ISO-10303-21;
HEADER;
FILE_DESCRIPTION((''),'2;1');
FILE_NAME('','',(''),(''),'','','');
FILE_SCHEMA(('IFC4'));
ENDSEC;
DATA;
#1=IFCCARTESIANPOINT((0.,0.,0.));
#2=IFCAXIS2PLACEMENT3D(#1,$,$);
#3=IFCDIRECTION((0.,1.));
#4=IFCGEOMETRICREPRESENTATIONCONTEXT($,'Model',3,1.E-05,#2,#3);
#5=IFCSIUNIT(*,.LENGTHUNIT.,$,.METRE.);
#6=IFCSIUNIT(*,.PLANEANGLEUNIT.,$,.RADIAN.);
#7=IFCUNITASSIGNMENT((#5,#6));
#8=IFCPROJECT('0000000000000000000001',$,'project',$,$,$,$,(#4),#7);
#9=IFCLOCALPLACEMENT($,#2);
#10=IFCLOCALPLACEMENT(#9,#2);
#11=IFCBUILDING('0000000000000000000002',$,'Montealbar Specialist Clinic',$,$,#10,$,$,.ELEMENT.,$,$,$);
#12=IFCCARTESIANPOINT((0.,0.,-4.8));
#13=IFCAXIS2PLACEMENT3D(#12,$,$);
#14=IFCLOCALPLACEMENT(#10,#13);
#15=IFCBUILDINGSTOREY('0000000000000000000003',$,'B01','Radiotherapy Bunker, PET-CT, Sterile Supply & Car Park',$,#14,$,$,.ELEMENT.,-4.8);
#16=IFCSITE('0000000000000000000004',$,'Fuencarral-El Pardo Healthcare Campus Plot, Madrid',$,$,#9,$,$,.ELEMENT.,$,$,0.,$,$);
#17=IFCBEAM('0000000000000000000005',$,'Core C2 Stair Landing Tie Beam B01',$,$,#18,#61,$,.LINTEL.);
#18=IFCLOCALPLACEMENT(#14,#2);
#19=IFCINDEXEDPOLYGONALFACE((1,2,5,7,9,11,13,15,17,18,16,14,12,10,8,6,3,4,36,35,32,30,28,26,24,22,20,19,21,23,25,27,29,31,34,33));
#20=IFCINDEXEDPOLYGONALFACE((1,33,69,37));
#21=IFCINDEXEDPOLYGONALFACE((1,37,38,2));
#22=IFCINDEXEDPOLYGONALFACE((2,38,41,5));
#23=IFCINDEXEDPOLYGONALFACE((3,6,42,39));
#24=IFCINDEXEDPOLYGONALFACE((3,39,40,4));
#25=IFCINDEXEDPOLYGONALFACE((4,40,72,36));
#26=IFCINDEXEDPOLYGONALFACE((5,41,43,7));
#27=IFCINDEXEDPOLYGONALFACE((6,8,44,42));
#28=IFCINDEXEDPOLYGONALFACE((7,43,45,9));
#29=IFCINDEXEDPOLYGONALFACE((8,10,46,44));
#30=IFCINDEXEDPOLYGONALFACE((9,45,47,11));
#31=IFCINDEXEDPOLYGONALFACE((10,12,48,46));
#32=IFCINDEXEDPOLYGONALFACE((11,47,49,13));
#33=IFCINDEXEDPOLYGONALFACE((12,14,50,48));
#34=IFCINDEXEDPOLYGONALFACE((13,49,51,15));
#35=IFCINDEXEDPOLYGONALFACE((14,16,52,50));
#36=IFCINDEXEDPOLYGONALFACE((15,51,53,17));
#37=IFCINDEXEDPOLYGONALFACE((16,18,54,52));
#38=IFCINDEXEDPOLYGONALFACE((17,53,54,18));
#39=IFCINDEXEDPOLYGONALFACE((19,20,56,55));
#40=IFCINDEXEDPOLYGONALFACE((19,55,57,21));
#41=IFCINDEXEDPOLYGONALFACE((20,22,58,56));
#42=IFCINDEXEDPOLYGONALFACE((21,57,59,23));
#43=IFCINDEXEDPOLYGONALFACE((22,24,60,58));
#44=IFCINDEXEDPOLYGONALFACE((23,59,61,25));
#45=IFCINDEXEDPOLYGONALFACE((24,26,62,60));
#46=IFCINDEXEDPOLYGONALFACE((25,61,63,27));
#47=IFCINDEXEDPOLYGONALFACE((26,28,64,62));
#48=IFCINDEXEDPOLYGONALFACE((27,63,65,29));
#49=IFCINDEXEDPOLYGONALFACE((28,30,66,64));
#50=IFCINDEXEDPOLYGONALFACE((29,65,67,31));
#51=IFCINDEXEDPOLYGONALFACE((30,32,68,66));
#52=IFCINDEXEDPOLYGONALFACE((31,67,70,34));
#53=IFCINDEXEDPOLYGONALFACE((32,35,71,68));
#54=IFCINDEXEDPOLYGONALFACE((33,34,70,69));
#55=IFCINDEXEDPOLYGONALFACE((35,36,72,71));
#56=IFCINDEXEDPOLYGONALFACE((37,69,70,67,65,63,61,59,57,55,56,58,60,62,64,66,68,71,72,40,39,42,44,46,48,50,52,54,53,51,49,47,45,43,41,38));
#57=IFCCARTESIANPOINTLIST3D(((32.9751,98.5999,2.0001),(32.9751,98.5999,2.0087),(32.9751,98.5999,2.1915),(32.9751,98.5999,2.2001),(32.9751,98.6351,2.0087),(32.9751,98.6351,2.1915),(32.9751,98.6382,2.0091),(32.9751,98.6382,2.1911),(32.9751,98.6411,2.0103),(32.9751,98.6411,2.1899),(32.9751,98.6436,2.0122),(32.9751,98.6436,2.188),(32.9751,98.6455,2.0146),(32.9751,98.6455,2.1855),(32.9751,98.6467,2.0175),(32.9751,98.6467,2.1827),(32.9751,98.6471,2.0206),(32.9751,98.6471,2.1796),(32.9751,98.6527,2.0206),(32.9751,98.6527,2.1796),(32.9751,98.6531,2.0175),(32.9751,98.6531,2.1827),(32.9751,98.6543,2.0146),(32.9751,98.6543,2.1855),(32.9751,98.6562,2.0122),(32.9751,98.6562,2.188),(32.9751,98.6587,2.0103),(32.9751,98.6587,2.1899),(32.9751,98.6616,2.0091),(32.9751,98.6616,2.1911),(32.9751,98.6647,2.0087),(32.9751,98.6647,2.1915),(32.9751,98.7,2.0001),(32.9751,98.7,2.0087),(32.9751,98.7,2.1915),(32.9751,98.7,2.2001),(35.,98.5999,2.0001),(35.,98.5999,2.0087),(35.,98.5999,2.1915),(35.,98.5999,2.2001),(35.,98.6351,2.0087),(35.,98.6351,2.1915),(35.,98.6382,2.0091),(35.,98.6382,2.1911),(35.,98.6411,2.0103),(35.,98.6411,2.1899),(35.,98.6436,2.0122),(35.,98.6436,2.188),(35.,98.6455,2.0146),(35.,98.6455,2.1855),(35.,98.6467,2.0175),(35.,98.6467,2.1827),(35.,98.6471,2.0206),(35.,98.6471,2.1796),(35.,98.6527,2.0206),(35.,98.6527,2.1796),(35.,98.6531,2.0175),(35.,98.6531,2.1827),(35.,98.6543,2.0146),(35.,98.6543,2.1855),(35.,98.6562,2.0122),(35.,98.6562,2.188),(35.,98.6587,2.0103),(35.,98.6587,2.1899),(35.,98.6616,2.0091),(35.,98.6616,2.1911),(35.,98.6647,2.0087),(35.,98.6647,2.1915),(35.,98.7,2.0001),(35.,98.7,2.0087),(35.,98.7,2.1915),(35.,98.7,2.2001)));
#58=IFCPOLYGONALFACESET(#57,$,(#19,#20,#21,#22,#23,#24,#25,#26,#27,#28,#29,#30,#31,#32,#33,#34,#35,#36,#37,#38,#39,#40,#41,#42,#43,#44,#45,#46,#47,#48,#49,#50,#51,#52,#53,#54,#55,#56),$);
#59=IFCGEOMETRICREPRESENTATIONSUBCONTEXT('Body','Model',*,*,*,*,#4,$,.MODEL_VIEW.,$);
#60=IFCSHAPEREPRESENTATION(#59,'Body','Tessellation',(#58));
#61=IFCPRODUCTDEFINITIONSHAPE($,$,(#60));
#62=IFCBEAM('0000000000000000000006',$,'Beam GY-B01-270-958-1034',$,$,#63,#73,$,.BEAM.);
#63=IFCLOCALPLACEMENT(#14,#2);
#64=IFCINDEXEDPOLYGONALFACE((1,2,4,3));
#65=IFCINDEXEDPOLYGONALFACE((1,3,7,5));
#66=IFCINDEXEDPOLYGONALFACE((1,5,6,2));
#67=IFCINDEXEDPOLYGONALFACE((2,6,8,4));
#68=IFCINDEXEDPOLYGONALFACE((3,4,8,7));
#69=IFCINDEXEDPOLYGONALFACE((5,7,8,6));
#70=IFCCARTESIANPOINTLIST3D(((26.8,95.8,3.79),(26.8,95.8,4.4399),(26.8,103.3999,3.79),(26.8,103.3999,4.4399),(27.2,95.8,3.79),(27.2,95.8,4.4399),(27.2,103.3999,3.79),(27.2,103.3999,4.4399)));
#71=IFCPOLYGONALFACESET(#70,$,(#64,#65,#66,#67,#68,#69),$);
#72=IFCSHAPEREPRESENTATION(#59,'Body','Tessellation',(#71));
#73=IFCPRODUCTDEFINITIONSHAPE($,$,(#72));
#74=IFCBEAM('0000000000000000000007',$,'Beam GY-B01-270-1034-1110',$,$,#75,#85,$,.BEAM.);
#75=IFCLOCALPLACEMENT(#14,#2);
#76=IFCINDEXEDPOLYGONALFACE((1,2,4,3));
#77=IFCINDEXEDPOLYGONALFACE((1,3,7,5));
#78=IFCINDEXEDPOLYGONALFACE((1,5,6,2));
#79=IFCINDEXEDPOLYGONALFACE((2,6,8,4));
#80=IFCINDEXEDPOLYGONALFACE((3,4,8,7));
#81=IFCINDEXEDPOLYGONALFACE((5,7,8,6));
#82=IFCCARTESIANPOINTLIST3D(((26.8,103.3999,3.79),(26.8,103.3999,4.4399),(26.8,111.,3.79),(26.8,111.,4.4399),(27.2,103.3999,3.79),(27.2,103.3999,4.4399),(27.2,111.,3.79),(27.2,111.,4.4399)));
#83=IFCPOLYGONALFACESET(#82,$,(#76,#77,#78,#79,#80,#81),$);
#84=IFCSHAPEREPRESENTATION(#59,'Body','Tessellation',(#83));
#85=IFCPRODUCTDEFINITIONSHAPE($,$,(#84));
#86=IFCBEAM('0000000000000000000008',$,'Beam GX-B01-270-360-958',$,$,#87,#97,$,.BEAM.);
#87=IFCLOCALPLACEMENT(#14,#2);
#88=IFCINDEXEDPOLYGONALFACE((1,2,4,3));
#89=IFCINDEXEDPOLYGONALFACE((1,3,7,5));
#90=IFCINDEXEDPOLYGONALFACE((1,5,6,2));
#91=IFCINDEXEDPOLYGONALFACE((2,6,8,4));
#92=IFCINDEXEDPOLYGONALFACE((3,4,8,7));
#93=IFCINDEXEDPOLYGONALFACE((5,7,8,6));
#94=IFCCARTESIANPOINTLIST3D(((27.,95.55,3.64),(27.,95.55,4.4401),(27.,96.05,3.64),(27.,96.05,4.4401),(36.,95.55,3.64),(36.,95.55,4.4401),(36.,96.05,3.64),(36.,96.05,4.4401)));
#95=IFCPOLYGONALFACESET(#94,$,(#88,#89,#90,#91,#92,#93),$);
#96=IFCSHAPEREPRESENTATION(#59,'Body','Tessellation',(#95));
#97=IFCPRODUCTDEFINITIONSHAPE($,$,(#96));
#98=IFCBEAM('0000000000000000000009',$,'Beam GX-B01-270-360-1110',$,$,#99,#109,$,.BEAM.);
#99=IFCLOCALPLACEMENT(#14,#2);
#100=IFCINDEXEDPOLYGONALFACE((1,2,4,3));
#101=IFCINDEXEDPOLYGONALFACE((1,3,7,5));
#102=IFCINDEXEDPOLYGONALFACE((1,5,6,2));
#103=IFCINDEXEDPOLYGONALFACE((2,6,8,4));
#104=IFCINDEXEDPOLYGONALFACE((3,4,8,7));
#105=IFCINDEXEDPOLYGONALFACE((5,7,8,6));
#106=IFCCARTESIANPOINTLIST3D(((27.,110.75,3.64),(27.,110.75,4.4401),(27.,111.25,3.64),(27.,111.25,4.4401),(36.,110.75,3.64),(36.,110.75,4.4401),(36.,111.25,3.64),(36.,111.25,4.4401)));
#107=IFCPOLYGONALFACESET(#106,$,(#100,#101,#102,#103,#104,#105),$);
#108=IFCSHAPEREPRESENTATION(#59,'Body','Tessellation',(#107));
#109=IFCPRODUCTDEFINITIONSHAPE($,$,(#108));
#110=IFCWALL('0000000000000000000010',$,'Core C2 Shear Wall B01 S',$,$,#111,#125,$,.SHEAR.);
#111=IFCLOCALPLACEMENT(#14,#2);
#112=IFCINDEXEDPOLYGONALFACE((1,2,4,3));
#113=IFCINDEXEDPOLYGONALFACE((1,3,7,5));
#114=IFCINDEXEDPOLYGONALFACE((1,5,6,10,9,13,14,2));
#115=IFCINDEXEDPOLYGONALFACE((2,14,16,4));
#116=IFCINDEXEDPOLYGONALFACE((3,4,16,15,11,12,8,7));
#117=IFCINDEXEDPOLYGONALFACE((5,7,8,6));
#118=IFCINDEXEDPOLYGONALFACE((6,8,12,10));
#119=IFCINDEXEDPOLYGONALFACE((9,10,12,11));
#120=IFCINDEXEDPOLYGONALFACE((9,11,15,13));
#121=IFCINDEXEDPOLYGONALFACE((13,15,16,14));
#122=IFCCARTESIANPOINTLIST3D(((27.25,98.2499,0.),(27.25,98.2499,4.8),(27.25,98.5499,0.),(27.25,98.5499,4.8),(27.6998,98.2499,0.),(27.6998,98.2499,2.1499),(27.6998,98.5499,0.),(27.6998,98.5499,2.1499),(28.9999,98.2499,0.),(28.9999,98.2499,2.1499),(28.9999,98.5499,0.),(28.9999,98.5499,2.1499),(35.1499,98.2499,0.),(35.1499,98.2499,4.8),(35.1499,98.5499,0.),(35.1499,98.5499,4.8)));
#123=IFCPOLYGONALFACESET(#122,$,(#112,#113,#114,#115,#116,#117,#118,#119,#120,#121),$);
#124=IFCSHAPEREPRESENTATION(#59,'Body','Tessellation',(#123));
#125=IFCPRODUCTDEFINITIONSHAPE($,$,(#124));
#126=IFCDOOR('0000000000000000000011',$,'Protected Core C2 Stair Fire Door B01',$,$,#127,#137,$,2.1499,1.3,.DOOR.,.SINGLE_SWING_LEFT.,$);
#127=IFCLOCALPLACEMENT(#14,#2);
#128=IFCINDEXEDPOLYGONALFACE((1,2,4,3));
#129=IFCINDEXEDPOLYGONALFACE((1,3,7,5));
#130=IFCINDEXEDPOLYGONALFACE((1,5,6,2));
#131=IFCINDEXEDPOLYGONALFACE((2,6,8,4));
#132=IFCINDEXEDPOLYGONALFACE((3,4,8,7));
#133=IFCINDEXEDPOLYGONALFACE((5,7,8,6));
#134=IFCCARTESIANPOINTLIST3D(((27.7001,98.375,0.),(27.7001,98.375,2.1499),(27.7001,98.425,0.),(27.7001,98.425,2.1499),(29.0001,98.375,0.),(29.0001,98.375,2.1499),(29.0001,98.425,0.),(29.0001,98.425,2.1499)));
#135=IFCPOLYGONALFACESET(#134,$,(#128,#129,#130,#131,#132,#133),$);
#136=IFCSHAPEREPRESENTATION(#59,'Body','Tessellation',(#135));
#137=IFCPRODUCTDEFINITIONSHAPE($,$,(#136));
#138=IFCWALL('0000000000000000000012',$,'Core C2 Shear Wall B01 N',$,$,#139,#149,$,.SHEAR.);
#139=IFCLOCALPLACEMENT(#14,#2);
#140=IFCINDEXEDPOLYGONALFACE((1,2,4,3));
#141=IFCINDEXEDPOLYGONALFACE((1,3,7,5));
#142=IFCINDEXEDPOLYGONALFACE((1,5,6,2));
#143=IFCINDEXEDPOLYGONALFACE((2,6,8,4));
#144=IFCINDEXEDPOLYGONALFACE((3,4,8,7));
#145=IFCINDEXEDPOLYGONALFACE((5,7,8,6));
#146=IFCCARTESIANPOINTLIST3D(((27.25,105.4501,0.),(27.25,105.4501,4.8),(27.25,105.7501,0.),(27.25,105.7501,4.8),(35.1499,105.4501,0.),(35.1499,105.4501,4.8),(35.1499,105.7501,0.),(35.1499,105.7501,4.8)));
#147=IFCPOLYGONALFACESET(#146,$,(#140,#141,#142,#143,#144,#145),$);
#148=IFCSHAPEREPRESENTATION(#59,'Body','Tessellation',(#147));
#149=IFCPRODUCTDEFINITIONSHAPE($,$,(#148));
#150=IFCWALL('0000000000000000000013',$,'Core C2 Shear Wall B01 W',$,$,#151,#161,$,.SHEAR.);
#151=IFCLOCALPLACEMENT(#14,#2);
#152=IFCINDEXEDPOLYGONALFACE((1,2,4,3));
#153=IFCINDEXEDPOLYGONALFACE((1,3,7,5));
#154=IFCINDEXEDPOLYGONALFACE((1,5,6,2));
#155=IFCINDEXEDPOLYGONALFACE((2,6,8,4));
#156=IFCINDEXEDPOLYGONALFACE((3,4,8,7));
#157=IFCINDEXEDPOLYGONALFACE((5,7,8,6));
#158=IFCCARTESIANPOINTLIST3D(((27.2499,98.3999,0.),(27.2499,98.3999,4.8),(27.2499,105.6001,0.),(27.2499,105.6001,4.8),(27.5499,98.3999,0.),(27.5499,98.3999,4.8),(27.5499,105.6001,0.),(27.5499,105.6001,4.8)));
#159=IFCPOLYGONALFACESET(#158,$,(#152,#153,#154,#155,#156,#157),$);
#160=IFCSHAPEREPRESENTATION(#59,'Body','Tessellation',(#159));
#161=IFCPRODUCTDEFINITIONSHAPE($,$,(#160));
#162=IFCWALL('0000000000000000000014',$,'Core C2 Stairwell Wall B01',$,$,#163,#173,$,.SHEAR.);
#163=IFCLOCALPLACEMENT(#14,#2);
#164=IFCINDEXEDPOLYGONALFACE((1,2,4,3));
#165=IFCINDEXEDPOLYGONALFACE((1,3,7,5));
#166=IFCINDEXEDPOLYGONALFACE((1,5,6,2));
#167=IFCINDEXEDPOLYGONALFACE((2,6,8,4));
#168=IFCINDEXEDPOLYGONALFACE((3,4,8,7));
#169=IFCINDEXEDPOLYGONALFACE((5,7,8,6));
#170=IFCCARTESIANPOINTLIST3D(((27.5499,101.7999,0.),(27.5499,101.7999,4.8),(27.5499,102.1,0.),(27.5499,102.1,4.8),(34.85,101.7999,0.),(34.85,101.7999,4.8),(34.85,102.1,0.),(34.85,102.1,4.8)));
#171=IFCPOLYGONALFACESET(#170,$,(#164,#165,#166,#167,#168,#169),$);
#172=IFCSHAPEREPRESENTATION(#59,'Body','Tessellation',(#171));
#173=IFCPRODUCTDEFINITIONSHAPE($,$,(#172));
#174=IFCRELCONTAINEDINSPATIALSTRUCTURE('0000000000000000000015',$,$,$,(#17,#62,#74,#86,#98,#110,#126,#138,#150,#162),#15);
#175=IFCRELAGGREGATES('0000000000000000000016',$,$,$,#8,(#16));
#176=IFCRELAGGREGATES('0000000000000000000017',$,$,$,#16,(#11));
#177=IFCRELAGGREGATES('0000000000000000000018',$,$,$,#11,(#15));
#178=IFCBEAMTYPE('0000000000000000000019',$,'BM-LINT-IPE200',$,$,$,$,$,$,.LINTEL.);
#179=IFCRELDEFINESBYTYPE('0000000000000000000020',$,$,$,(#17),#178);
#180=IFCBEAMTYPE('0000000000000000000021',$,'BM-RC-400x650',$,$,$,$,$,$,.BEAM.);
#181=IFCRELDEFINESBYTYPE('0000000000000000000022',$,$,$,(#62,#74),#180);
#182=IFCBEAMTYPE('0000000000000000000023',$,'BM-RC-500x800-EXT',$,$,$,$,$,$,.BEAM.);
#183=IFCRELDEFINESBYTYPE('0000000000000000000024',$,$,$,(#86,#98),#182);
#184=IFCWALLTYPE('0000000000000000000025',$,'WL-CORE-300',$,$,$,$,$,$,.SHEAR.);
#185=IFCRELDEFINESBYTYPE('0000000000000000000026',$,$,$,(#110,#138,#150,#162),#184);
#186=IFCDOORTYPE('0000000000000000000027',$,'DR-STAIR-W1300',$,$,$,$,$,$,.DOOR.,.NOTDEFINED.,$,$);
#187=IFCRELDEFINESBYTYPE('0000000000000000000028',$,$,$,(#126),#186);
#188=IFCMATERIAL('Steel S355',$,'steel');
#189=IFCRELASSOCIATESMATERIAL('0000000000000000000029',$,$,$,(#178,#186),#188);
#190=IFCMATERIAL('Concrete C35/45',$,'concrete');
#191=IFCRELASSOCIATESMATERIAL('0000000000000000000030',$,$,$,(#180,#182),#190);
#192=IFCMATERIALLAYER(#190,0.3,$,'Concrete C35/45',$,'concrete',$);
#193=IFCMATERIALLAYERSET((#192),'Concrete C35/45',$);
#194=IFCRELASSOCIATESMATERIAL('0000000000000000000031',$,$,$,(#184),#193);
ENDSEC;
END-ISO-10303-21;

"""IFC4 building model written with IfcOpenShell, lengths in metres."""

from ifc_helpers import new_model, si_unit, direction, frame, frame_2d, origin, origin_2d, place, context, subcontext, project, spatial, rectangle, i_section, extrude, material, layer, layer_set, material_profile, profile_set, type_object, element, fill, save


model = new_model("IFC4")

# Units and contexts
model_context = context("Model", 3, precision=1e-05, world=origin(), true_north=direction((0.0, 1.0)))
body_context = subcontext(model_context, "Body", "Model", "MODEL_VIEW")
ifc_project = project(units=[si_unit("LENGTHUNIT", "METRE"), si_unit("PLANEANGLEUNIT", "RADIAN")], contexts=[model_context])

# Site, building, storey
site_placement = place(None, origin())
site = spatial("IfcSite", under=ifc_project, at=site_placement, Name="Fuencarral-El Pardo Healthcare Campus Plot, Madrid", CompositionType="ELEMENT", RefElevation=0.0)
building_placement = place(site_placement, origin())
building = spatial("IfcBuilding", under=site, at=building_placement, Name="Montealbar Specialist Clinic", CompositionType="ELEMENT")
storey_placement = place(building_placement, frame((0.0, 0.0, -4.8)))
storey = spatial("IfcBuildingStorey", under=building, at=storey_placement, Name="B01", Description="Radiotherapy Bunker, PET-CT, Sterile Supply & Car Park", CompositionType="ELEMENT", Elevation=-4.8)

# Shared definitions
ifc_material_1 = material(Name="Concrete C35/45", Category="concrete")

# Beams
ifc_material_2 = material(Name="Steel S355", Category="steel")
ifc_material_profile_1 = material_profile(ifc_material_2, i_section(OverallWidth=0.1001, OverallDepth=0.2, WebThickness=0.0056, FlangeThickness=0.0085, FilletRadius=0.012, at=origin_2d()), Name="IPE 200", Category="steel")
ifc_profile_set_1 = profile_set([ifc_material_profile_1], Name="Steel S355")
beam_type_1 = type_object("IfcBeamType", Name="BM-LINT-IPE200", PredefinedType="LINTEL", material=ifc_profile_set_1)
beam_1_placement = place(storey_placement, frame((32.9751, 98.6499, 2.1001), z_axis=(1.0, 0.0, 0.0), x_axis=(0.0, 1.0, 0.0)))
element("IfcBeam", 1, at=beam_1_placement, inside=storey, type_object=beam_type_1, Name="Core C2 Stair Landing Tie Beam B01", PredefinedType="LINTEL", context=body_context, shape_type="SweptSolid", body=[
    extrude(i_section(OverallWidth=0.1001, OverallDepth=0.2, WebThickness=0.0056, FlangeThickness=0.0085, FilletRadius=0.012, at=origin_2d()), origin(), (0.0, 0.0, 1.0), 2.0249),
])
ifc_material_profile_2 = material_profile(ifc_material_1, rectangle(XDim=0.3999, YDim=0.6499, at=origin_2d()), Name="RC 400x650", Category="concrete")
ifc_profile_set_2 = profile_set([ifc_material_profile_2], Name="Concrete C35/45")
beam_type_2 = type_object("IfcBeamType", Name="BM-RC-400x650", PredefinedType="BEAM", material=ifc_profile_set_2)
beam_2_placement = place(storey_placement, frame((27.0, 95.8, 4.115), z_axis=(0.0, 1.0, 0.0), x_axis=(-1.0, 0.0, 0.0)))
element("IfcBeam", 2, at=beam_2_placement, inside=storey, type_object=beam_type_2, Name="Beam GY-B01-270-958-1034", PredefinedType="BEAM", context=body_context, shape_type="SweptSolid", body=[
    extrude(rectangle(XDim=0.3999, YDim=0.6499, at=origin_2d()), origin(), (0.0, 0.0, 1.0), 7.5999),
])
beam_3_placement = place(storey_placement, frame((27.0, 103.3999, 4.115), z_axis=(0.0, 1.0, 0.0), x_axis=(-1.0, 0.0, 0.0)))
element("IfcBeam", 3, at=beam_3_placement, inside=storey, type_object=beam_type_2, Name="Beam GY-B01-270-1034-1110", PredefinedType="BEAM", context=body_context, shape_type="SweptSolid", body=[
    extrude(rectangle(XDim=0.3999, YDim=0.6499, at=origin_2d()), origin(), (0.0, 0.0, 1.0), 7.6001),
])
ifc_material_profile_3 = material_profile(ifc_material_1, rectangle(XDim=0.5, YDim=0.8, at=origin_2d()), Name="RC 500x800", Category="concrete")
ifc_profile_set_3 = profile_set([ifc_material_profile_3], Name="Concrete C35/45")
beam_type_3 = type_object("IfcBeamType", Name="BM-RC-500x800-EXT", PredefinedType="BEAM", material=ifc_profile_set_3)
for number, where, z_axis, x_axis, name in (
    (4, (27.0, 95.8, 4.04), (1.0, 0.0, 0.0), (0.0, 1.0, 0.0), "Beam GX-B01-270-360-958"),
    (5, (27.0, 111.0, 4.04), (1.0, 0.0, 0.0), (0.0, 1.0, 0.0), "Beam GX-B01-270-360-1110"),
):
    element("IfcBeam", number, at=place(storey_placement, frame(where, z_axis=z_axis, x_axis=x_axis)), inside=storey, type_object=beam_type_3, Name=name, PredefinedType="BEAM", context=body_context, shape_type="SweptSolid", body=[
        extrude(rectangle(XDim=0.5, YDim=0.8, at=origin_2d()), origin(), (0.0, 0.0, 1.0), 9.0),
    ])

# Wall, opening, door
ifc_layer_1 = layer(ifc_material_1, 0.3, Name="Concrete C35/45", Category="concrete")
ifc_layer_set_1 = layer_set([ifc_layer_1], Name="Concrete C35/45")
wall_type = type_object("IfcWallType", Name="WL-CORE-300", PredefinedType="SHEAR", material=ifc_layer_set_1)
wall_1_placement = place(storey_placement, frame((27.25, 98.3999, 0.0), z_axis=(0.0, 0.0, 1.0), x_axis=(1.0, 0.0, 0.0)))
wall_1 = element("IfcWall", 6, at=wall_1_placement, inside=storey, type_object=wall_type, Name="Core C2 Shear Wall B01 S", PredefinedType="SHEAR", context=body_context, shape_type="SweptSolid", body=[
    extrude(rectangle(XDim=7.8999, YDim=0.3, at=frame_2d((3.95, 0.0))), origin(), (0.0, 0.0, 1.0), 4.8),
])
opening_1_placement = place(wall_1_placement, frame((0.45, 0.0, 0.0)))
opening_1 = element("IfcOpeningElement", 7, at=opening_1_placement, cuts=wall_1, PredefinedType="OPENING", context=body_context, shape_type="SweptSolid", body=[
    extrude(rectangle(XDim=1.3, YDim=2.1499, at=frame_2d((0.6499, 1.075))), frame((0.0, 0.1599, 0.0), z_axis=(0.0, -1.0, 0.0), x_axis=(1.0, 0.0, 0.0)), (0.0, 0.0, 1.0), 0.3201),
])
door_type_1 = type_object("IfcDoorType", Name="DR-STAIR-W1300", OperationType="NOTDEFINED", PredefinedType="DOOR", material=ifc_material_2)
door_1_placement = place(opening_1_placement, frame((1.3, 0.0, 0.0), z_axis=(0.0, 0.0, 1.0), x_axis=(-1.0, 0.0, 0.0)))
door_1 = element("IfcDoor", 8, at=door_1_placement, inside=storey, type_object=door_type_1, Name="Protected Core C2 Stair Fire Door B01", OperationType="SINGLE_SWING_LEFT", OverallHeight=2.1499, OverallWidth=1.3, PredefinedType="DOOR", context=body_context, shape_type="SweptSolid", body=[
    extrude(rectangle(XDim=1.3, YDim=2.1499, at=frame_2d((0.6499, 1.075))), frame((0.0, 0.0249, 0.0), z_axis=(0.0, -1.0, 0.0), x_axis=(1.0, 0.0, 0.0)), (0.0, 0.0, 1.0), 0.05),
])
fill(opening_1, door_1)

# Walls
wall_2_placement = place(storey_placement, frame((27.25, 105.6001, 0.0), z_axis=(0.0, 0.0, 1.0), x_axis=(1.0, 0.0, 0.0)))
element("IfcWall", 9, at=wall_2_placement, inside=storey, type_object=wall_type, Name="Core C2 Shear Wall B01 N", PredefinedType="SHEAR", context=body_context, shape_type="SweptSolid", body=[
    extrude(rectangle(XDim=7.8999, YDim=0.3, at=frame_2d((3.95, 0.0))), origin(), (0.0, 0.0, 1.0), 4.8),
])
wall_3_placement = place(storey_placement, frame((27.3999, 98.3999, 0.0), z_axis=(0.0, 0.0, 1.0), x_axis=(0.0, 1.0, 0.0)))
element("IfcWall", 10, at=wall_3_placement, inside=storey, type_object=wall_type, Name="Core C2 Shear Wall B01 W", PredefinedType="SHEAR", context=body_context, shape_type="SweptSolid", body=[
    extrude(rectangle(XDim=7.2002, YDim=0.3, at=frame_2d((3.6001, 0.0))), origin(), (0.0, 0.0, 1.0), 4.8),
])
wall_4_placement = place(storey_placement, frame((27.55, 101.95, 0.0), z_axis=(0.0, 0.0, 1.0), x_axis=(1.0, 0.0, 0.0)))
element("IfcWall", 11, at=wall_4_placement, inside=storey, type_object=wall_type, Name="Core C2 Stairwell Wall B01", PredefinedType="SHEAR", context=body_context, shape_type="SweptSolid", body=[
    extrude(rectangle(XDim=7.3, YDim=0.3, at=frame_2d((3.6499, 0.0))), origin(), (0.0, 0.0, 1.0), 4.8),
])

save(model, "model.ifc")
